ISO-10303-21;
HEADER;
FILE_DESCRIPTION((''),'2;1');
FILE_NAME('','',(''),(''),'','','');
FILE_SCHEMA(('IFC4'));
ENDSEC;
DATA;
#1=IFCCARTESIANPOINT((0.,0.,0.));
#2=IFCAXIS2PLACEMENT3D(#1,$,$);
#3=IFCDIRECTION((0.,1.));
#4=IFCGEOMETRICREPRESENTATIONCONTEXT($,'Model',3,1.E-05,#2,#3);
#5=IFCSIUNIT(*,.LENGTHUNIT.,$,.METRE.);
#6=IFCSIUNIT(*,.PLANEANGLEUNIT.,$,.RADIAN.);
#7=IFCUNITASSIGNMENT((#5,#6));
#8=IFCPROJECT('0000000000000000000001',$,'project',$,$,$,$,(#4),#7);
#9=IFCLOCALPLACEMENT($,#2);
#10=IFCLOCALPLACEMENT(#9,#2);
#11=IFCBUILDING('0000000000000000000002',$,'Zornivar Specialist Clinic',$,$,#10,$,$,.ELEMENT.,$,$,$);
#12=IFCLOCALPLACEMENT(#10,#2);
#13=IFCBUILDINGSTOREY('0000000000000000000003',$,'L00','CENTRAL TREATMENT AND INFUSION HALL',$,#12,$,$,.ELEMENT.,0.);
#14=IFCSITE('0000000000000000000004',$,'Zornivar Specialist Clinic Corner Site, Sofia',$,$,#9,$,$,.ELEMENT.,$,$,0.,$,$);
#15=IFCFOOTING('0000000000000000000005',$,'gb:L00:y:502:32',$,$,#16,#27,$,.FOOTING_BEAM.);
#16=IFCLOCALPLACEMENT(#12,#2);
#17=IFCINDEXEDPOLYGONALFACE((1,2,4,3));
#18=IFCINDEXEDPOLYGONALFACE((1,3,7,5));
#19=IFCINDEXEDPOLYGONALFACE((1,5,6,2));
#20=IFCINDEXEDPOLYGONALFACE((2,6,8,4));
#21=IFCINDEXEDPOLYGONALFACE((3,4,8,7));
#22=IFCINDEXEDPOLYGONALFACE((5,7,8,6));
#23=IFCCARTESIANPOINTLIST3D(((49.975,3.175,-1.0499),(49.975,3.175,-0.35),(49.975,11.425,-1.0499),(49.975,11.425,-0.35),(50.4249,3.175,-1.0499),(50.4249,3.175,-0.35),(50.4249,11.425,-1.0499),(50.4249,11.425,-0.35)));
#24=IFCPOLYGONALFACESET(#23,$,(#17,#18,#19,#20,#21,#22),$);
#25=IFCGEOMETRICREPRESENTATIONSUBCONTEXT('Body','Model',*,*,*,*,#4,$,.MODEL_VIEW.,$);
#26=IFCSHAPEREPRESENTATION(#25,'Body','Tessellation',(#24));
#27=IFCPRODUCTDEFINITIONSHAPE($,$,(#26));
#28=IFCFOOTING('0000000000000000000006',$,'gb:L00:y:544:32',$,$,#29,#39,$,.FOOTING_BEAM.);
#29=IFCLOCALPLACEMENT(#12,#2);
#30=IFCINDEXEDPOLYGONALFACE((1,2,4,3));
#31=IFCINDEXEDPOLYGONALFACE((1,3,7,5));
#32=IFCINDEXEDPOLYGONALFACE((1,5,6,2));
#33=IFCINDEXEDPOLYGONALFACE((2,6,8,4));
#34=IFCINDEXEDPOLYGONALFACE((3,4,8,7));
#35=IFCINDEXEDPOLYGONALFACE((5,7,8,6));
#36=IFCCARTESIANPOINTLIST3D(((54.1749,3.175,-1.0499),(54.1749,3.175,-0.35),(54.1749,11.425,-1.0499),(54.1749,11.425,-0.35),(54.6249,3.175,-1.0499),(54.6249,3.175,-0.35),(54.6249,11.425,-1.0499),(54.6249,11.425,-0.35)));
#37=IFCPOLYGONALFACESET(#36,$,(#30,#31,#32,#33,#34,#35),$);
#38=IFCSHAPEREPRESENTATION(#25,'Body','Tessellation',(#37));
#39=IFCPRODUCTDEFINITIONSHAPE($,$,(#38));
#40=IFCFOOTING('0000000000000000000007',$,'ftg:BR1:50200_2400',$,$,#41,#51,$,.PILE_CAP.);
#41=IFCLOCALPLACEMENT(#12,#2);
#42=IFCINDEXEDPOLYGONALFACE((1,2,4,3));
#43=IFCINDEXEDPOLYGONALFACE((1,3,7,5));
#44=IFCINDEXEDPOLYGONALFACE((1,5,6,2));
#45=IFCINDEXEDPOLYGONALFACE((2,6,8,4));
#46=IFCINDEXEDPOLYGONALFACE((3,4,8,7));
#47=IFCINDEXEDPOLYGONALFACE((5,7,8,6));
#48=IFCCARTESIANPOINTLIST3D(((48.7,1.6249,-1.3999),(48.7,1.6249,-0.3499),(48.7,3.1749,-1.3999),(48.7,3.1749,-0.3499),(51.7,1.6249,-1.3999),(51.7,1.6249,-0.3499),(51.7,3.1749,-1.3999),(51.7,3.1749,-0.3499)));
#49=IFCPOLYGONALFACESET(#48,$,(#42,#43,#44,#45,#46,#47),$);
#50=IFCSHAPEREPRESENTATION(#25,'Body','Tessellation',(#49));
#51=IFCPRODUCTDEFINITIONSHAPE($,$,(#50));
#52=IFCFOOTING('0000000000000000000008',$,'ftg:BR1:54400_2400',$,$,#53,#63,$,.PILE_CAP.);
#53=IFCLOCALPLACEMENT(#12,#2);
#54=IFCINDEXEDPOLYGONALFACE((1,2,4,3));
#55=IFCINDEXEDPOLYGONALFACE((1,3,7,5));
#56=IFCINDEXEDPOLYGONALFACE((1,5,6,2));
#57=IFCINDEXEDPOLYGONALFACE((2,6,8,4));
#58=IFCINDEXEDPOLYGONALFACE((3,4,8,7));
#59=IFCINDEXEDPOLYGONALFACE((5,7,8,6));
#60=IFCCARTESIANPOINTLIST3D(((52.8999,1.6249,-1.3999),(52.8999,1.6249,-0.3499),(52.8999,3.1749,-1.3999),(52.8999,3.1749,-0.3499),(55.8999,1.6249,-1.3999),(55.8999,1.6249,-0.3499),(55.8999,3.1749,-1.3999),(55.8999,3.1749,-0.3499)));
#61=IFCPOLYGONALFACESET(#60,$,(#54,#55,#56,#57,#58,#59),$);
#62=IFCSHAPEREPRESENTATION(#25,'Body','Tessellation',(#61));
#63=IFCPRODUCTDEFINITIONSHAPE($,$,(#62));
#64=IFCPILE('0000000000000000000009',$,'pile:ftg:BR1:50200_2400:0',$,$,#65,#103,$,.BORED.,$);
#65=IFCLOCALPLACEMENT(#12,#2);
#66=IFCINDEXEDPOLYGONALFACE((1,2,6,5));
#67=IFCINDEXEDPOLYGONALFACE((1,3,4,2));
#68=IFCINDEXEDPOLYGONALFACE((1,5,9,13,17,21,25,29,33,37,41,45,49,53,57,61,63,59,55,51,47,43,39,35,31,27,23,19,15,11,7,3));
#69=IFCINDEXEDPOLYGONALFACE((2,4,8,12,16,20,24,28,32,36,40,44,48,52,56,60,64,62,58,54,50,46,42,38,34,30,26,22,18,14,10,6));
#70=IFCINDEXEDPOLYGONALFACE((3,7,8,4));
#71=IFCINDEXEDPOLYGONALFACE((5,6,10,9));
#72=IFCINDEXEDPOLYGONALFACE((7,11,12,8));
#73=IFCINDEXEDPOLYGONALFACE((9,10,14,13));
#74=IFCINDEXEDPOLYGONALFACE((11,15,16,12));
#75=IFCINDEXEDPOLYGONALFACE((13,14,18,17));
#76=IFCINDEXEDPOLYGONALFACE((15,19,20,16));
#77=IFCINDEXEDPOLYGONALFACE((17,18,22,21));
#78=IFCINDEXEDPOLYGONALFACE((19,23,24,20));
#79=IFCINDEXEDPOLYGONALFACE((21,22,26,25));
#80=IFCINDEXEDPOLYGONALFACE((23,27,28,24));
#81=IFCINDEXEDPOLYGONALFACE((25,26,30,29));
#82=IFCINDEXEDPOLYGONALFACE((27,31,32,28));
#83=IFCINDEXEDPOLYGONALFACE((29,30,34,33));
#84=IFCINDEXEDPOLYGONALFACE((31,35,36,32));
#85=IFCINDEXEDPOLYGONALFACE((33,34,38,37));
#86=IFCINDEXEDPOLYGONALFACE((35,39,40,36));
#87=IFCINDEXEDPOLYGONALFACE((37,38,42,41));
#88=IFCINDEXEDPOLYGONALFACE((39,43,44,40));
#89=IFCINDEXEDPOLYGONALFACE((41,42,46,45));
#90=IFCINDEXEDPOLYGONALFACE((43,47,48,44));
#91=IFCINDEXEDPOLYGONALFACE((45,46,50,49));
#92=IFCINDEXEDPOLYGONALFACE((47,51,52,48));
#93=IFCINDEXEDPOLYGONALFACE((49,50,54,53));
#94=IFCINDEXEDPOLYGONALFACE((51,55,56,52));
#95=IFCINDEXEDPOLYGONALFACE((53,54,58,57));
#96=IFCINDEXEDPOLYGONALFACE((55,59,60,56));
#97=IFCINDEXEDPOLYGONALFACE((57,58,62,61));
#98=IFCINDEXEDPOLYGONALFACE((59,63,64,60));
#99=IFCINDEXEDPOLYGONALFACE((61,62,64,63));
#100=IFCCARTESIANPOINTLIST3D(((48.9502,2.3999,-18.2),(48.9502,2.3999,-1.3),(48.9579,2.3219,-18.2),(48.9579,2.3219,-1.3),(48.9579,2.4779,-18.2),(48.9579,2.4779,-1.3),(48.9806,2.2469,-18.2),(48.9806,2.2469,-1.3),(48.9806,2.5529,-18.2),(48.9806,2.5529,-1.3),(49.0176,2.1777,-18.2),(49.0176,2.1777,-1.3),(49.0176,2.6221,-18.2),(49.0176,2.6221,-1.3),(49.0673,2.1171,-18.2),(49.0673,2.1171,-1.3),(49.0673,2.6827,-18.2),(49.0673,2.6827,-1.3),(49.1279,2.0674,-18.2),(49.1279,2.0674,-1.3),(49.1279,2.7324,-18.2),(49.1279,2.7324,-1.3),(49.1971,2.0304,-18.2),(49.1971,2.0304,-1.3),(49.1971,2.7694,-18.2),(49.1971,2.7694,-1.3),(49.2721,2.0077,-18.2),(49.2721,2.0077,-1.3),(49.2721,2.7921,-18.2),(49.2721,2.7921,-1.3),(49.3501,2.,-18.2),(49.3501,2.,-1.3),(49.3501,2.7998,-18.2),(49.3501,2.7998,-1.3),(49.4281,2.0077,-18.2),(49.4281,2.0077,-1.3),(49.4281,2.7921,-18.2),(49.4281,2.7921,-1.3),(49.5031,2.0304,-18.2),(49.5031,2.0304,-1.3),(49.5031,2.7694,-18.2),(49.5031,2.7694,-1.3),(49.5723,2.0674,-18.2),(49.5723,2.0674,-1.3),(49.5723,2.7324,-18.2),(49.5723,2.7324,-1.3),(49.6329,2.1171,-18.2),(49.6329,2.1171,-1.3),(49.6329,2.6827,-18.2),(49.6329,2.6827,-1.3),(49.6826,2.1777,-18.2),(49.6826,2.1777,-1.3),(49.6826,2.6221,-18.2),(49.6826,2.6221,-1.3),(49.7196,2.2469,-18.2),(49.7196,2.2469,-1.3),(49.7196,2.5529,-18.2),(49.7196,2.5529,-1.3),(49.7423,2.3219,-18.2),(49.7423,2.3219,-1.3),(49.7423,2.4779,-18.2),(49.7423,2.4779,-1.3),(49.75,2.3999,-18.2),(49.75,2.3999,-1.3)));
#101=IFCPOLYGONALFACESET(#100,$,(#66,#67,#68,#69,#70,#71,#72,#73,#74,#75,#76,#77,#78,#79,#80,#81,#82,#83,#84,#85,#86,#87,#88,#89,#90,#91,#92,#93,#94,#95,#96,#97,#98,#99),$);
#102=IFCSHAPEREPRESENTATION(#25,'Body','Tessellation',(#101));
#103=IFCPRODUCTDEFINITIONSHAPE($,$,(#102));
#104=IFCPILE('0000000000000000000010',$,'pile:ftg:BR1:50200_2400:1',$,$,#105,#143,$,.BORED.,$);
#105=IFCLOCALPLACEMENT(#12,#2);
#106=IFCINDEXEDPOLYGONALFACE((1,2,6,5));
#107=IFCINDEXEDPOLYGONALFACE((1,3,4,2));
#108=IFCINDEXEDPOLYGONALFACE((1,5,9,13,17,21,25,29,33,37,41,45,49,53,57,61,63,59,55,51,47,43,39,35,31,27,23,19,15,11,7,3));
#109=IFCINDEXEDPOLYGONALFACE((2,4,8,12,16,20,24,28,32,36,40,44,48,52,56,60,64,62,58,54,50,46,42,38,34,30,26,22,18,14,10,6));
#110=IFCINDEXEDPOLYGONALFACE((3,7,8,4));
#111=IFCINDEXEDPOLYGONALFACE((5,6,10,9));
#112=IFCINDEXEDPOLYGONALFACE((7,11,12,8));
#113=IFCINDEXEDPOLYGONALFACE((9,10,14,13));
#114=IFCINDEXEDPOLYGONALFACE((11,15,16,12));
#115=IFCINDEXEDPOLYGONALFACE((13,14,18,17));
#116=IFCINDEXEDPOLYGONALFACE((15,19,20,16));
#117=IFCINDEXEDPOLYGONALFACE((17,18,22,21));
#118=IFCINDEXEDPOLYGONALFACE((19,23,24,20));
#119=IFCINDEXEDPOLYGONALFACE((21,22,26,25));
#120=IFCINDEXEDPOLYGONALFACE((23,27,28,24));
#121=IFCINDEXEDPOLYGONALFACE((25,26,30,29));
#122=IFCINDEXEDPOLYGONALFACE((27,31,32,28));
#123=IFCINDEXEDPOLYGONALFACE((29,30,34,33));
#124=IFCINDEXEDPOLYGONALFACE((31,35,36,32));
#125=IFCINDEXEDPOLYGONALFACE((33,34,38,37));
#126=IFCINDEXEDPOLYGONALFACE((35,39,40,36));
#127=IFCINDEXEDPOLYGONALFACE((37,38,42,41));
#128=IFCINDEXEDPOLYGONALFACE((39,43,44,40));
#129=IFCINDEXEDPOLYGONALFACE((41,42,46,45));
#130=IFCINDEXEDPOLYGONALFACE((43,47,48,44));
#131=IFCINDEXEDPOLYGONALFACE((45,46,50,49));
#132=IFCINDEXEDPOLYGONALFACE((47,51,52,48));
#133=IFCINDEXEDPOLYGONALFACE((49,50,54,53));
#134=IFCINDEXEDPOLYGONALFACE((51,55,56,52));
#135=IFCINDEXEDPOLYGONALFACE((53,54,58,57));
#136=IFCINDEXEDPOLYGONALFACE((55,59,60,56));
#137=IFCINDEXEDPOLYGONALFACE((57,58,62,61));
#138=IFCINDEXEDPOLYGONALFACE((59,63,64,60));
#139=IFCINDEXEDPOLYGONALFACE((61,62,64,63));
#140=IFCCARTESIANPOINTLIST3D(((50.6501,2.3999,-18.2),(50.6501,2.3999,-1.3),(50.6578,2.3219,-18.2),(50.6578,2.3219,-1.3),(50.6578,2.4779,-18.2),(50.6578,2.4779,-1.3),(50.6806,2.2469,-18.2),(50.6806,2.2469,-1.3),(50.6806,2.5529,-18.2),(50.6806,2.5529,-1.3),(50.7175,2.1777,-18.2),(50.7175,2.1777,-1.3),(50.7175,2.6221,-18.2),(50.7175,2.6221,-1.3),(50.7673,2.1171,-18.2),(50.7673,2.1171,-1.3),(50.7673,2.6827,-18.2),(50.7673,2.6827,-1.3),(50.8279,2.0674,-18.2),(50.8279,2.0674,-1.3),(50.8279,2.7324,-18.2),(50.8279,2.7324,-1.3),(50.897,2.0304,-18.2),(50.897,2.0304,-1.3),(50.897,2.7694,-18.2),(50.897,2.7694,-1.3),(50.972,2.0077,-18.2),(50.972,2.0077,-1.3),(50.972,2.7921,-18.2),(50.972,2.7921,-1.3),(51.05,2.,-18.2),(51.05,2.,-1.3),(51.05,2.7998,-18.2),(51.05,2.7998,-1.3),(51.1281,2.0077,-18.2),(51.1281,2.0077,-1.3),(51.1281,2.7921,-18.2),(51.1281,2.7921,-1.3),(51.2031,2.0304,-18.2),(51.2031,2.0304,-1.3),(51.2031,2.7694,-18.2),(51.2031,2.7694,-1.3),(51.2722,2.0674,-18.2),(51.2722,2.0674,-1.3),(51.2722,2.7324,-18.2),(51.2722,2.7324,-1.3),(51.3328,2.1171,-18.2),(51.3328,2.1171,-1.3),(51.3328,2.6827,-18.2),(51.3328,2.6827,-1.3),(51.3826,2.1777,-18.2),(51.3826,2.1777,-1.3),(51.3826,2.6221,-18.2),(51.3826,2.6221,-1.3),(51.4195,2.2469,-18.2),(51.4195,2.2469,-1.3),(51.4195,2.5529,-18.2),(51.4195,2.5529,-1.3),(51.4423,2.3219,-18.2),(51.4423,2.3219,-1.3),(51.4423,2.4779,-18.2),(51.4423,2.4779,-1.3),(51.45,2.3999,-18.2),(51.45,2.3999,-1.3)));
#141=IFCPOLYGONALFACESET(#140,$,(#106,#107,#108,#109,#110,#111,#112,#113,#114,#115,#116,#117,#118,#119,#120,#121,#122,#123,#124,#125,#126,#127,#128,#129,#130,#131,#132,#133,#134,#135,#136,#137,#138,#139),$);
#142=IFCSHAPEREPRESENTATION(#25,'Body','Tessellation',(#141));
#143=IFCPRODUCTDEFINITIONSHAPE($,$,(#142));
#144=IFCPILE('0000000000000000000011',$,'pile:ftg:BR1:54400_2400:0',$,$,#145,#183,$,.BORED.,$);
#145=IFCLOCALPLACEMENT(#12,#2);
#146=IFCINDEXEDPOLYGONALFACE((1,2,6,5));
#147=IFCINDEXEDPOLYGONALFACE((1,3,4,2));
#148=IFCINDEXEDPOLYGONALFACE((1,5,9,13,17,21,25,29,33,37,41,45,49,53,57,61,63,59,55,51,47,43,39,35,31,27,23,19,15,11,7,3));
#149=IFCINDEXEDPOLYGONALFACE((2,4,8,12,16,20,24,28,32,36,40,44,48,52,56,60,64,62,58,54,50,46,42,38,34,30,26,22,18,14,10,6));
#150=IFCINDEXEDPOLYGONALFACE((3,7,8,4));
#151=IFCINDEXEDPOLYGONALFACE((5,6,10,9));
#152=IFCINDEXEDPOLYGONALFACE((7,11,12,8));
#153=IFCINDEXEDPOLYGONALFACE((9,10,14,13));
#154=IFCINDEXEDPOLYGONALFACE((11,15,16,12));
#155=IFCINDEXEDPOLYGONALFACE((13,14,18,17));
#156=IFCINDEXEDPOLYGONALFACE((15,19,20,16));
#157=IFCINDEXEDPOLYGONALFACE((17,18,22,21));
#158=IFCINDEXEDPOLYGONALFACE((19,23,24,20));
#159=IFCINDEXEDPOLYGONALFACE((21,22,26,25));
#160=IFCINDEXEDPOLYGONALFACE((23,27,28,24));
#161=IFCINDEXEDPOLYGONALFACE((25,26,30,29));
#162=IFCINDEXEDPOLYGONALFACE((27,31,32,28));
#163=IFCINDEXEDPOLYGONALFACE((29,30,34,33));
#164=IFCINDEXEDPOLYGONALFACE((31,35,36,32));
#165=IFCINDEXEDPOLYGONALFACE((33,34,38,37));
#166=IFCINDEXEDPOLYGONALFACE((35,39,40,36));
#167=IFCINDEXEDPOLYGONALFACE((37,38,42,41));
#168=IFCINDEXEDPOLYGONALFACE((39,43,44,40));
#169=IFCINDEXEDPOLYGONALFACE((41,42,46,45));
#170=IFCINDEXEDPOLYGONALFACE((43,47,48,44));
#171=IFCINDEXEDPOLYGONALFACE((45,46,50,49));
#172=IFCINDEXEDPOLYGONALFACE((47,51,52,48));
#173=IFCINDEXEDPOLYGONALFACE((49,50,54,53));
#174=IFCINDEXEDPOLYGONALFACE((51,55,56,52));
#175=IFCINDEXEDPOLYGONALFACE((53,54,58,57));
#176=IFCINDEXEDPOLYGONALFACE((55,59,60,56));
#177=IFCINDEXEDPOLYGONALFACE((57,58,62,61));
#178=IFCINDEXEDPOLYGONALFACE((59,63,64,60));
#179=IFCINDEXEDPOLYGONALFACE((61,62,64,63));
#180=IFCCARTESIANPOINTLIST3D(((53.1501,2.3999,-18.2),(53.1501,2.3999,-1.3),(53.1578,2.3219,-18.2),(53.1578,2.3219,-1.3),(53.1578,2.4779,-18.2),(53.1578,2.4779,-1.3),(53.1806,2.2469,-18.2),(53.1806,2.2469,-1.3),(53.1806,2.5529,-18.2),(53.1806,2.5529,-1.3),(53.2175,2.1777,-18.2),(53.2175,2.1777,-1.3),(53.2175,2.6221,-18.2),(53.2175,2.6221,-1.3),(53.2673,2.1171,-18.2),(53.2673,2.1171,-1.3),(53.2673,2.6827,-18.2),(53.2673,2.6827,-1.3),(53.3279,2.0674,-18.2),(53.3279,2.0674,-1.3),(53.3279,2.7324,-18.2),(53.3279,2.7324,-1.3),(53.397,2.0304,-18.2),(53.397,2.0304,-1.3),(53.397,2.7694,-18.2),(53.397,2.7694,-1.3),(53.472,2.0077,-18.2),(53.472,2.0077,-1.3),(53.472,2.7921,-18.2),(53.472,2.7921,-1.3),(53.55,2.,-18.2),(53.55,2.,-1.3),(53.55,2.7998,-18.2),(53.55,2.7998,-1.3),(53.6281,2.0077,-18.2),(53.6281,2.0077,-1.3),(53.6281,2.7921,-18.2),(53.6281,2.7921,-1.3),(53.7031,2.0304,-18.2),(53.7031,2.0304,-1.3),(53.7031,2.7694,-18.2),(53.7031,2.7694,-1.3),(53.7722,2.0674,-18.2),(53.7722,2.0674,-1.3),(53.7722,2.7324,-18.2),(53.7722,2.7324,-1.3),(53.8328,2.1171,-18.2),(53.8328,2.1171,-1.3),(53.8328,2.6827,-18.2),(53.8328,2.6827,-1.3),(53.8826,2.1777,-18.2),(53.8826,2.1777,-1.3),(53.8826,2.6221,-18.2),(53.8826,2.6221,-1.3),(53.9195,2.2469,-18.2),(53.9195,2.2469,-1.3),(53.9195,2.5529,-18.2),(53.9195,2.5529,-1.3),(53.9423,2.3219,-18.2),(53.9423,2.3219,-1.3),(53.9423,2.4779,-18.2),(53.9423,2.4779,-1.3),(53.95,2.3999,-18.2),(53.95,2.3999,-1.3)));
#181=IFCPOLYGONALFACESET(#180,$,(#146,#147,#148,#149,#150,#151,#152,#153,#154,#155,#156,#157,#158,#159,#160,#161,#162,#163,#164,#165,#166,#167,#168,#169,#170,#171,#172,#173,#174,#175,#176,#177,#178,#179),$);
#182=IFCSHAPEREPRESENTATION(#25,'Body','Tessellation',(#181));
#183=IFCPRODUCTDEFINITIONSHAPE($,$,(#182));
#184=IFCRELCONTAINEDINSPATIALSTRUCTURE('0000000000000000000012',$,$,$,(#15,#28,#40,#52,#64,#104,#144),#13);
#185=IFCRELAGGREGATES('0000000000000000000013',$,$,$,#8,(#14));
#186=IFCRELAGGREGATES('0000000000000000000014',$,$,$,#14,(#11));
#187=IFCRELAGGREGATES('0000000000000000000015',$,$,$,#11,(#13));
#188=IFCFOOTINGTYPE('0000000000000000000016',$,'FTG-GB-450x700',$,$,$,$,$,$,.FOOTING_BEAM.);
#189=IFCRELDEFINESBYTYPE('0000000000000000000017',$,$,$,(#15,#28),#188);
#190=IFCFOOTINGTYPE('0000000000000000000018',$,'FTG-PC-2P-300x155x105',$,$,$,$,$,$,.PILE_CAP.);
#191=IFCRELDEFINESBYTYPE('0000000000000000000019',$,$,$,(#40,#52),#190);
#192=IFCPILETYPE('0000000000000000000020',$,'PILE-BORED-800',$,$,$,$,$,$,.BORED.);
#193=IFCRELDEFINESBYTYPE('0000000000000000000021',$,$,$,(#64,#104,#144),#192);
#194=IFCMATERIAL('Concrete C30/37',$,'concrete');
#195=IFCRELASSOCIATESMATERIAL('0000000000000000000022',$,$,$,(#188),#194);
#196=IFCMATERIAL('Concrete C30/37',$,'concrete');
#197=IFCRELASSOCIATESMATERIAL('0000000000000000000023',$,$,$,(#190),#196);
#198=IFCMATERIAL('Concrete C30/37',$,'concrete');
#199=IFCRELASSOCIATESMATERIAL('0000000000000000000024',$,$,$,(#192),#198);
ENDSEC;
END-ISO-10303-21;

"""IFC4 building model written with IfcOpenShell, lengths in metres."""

from ifc_helpers import new_model, si_unit, direction, frame, origin, origin_2d, place, context, subcontext, project, spatial, rectangle, circle, extrude, material, material_profile, profile_set, type_object, element, save


model = new_model("IFC4")

# Units and contexts
model_context = context("Model", 3, precision=1e-05, world=origin(), true_north=direction((0.0, 1.0)))
body_context = subcontext(model_context, "Body", "Model", "MODEL_VIEW")
ifc_project = project(units=[si_unit("LENGTHUNIT", "METRE"), si_unit("PLANEANGLEUNIT", "RADIAN")], contexts=[model_context])

# Site, building, storey
site_placement = place(None, origin())
site = spatial("IfcSite", under=ifc_project, at=site_placement, Name="Zornivar Specialist Clinic Corner Site, Sofia", CompositionType="ELEMENT", RefElevation=0.0)
building_placement = place(site_placement, origin())
building = spatial("IfcBuilding", under=site, at=building_placement, Name="Zornivar Specialist Clinic", CompositionType="ELEMENT")
storey_placement = place(building_placement, origin())
storey = spatial("IfcBuildingStorey", under=building, at=storey_placement, Name="L00", Description="CENTRAL TREATMENT AND INFUSION HALL", CompositionType="ELEMENT", Elevation=0.0)

# Footings
ifc_material_1 = material(Name="Concrete C30/37", Category="concrete")
ifc_material_profile_1 = material_profile(ifc_material_1, rectangle(XDim=0.45, YDim=0.7, at=origin_2d()), Name="RC 450x700")
ifc_profile_set_1 = profile_set([ifc_material_profile_1], Name="Concrete C30/37")
footing_type_1 = type_object("IfcFootingType", Name="FTG-GB-450x700", PredefinedType="FOOTING_BEAM", material=ifc_profile_set_1)
for number, where, z_axis, x_axis, name in (
    (1, (50.2, 3.175, -0.7), (0.0, 1.0, 0.0), (-1.0, 0.0, 0.0), "gb:L00:y:502:32"),
    (2, (54.3999, 3.175, -0.7), (0.0, 1.0, 0.0), (-1.0, 0.0, 0.0), "gb:L00:y:544:32"),
):
    element("IfcFooting", number, at=place(storey_placement, frame(where, z_axis=z_axis, x_axis=x_axis)), inside=storey, type_object=footing_type_1, Name=name, PredefinedType="FOOTING_BEAM", context=body_context, shape_type="SweptSolid", body=[
        extrude(rectangle(XDim=0.45, YDim=0.7, at=origin_2d()), origin(), (0.0, 0.0, 1.0), 8.25),
    ])
ifc_material_2 = material(Name="Concrete C30/37", Category="concrete")
footing_type_2 = type_object("IfcFootingType", Name="FTG-PC-2P-300x155x105", PredefinedType="PILE_CAP", material=ifc_material_2)
for number, where, z_axis, x_axis, name in (
    (3, (50.2, 2.3999, -1.3999), (0.0, 0.0, 1.0), (1.0, 0.0, 0.0), "ftg:BR1:50200_2400"),
    (4, (54.3999, 2.3999, -1.3999), (0.0, 0.0, 1.0), (1.0, 0.0, 0.0), "ftg:BR1:54400_2400"),
):
    element("IfcFooting", number, at=place(storey_placement, frame(where, z_axis=z_axis, x_axis=x_axis)), inside=storey, type_object=footing_type_2, Name=name, PredefinedType="PILE_CAP", context=body_context, shape_type="SweptSolid", body=[
        extrude(rectangle(XDim=3.0, YDim=1.55, at=origin_2d()), origin(), (0.0, 0.0, 1.0), 1.05),
    ])

# Piles
ifc_material_3 = material(Name="Concrete C30/37", Category="concrete")
ifc_material_profile_2 = material_profile(ifc_material_3, circle(Radius=0.3999, at=origin_2d()), Name="PILE D800")
ifc_profile_set_2 = profile_set([ifc_material_profile_2], Name="Concrete C30/37")
pile_type = type_object("IfcPileType", Name="PILE-BORED-800", PredefinedType="BORED", material=ifc_profile_set_2)
for number, where, z_axis, x_axis, name in (
    (5, (49.3501, 2.3999, -1.3), (0.0, 0.0, -1.0), (1.0, 0.0, 0.0), "pile:ftg:BR1:50200_2400:0"),
    (6, (51.05, 2.3999, -1.3), (0.0, 0.0, -1.0), (1.0, 0.0, 0.0), "pile:ftg:BR1:50200_2400:1"),
    (7, (53.55, 2.3999, -1.3), (0.0, 0.0, -1.0), (1.0, 0.0, 0.0), "pile:ftg:BR1:54400_2400:0"),
):
    element("IfcPile", number, at=place(storey_placement, frame(where, z_axis=z_axis, x_axis=x_axis)), inside=storey, type_object=pile_type, Name=name, PredefinedType="BORED", context=body_context, shape_type="SweptSolid", body=[
        extrude(circle(Radius=0.3999, at=origin_2d()), origin(), (0.0, 0.0, 1.0), 16.8999),
    ])

save(model, "model.ifc")
